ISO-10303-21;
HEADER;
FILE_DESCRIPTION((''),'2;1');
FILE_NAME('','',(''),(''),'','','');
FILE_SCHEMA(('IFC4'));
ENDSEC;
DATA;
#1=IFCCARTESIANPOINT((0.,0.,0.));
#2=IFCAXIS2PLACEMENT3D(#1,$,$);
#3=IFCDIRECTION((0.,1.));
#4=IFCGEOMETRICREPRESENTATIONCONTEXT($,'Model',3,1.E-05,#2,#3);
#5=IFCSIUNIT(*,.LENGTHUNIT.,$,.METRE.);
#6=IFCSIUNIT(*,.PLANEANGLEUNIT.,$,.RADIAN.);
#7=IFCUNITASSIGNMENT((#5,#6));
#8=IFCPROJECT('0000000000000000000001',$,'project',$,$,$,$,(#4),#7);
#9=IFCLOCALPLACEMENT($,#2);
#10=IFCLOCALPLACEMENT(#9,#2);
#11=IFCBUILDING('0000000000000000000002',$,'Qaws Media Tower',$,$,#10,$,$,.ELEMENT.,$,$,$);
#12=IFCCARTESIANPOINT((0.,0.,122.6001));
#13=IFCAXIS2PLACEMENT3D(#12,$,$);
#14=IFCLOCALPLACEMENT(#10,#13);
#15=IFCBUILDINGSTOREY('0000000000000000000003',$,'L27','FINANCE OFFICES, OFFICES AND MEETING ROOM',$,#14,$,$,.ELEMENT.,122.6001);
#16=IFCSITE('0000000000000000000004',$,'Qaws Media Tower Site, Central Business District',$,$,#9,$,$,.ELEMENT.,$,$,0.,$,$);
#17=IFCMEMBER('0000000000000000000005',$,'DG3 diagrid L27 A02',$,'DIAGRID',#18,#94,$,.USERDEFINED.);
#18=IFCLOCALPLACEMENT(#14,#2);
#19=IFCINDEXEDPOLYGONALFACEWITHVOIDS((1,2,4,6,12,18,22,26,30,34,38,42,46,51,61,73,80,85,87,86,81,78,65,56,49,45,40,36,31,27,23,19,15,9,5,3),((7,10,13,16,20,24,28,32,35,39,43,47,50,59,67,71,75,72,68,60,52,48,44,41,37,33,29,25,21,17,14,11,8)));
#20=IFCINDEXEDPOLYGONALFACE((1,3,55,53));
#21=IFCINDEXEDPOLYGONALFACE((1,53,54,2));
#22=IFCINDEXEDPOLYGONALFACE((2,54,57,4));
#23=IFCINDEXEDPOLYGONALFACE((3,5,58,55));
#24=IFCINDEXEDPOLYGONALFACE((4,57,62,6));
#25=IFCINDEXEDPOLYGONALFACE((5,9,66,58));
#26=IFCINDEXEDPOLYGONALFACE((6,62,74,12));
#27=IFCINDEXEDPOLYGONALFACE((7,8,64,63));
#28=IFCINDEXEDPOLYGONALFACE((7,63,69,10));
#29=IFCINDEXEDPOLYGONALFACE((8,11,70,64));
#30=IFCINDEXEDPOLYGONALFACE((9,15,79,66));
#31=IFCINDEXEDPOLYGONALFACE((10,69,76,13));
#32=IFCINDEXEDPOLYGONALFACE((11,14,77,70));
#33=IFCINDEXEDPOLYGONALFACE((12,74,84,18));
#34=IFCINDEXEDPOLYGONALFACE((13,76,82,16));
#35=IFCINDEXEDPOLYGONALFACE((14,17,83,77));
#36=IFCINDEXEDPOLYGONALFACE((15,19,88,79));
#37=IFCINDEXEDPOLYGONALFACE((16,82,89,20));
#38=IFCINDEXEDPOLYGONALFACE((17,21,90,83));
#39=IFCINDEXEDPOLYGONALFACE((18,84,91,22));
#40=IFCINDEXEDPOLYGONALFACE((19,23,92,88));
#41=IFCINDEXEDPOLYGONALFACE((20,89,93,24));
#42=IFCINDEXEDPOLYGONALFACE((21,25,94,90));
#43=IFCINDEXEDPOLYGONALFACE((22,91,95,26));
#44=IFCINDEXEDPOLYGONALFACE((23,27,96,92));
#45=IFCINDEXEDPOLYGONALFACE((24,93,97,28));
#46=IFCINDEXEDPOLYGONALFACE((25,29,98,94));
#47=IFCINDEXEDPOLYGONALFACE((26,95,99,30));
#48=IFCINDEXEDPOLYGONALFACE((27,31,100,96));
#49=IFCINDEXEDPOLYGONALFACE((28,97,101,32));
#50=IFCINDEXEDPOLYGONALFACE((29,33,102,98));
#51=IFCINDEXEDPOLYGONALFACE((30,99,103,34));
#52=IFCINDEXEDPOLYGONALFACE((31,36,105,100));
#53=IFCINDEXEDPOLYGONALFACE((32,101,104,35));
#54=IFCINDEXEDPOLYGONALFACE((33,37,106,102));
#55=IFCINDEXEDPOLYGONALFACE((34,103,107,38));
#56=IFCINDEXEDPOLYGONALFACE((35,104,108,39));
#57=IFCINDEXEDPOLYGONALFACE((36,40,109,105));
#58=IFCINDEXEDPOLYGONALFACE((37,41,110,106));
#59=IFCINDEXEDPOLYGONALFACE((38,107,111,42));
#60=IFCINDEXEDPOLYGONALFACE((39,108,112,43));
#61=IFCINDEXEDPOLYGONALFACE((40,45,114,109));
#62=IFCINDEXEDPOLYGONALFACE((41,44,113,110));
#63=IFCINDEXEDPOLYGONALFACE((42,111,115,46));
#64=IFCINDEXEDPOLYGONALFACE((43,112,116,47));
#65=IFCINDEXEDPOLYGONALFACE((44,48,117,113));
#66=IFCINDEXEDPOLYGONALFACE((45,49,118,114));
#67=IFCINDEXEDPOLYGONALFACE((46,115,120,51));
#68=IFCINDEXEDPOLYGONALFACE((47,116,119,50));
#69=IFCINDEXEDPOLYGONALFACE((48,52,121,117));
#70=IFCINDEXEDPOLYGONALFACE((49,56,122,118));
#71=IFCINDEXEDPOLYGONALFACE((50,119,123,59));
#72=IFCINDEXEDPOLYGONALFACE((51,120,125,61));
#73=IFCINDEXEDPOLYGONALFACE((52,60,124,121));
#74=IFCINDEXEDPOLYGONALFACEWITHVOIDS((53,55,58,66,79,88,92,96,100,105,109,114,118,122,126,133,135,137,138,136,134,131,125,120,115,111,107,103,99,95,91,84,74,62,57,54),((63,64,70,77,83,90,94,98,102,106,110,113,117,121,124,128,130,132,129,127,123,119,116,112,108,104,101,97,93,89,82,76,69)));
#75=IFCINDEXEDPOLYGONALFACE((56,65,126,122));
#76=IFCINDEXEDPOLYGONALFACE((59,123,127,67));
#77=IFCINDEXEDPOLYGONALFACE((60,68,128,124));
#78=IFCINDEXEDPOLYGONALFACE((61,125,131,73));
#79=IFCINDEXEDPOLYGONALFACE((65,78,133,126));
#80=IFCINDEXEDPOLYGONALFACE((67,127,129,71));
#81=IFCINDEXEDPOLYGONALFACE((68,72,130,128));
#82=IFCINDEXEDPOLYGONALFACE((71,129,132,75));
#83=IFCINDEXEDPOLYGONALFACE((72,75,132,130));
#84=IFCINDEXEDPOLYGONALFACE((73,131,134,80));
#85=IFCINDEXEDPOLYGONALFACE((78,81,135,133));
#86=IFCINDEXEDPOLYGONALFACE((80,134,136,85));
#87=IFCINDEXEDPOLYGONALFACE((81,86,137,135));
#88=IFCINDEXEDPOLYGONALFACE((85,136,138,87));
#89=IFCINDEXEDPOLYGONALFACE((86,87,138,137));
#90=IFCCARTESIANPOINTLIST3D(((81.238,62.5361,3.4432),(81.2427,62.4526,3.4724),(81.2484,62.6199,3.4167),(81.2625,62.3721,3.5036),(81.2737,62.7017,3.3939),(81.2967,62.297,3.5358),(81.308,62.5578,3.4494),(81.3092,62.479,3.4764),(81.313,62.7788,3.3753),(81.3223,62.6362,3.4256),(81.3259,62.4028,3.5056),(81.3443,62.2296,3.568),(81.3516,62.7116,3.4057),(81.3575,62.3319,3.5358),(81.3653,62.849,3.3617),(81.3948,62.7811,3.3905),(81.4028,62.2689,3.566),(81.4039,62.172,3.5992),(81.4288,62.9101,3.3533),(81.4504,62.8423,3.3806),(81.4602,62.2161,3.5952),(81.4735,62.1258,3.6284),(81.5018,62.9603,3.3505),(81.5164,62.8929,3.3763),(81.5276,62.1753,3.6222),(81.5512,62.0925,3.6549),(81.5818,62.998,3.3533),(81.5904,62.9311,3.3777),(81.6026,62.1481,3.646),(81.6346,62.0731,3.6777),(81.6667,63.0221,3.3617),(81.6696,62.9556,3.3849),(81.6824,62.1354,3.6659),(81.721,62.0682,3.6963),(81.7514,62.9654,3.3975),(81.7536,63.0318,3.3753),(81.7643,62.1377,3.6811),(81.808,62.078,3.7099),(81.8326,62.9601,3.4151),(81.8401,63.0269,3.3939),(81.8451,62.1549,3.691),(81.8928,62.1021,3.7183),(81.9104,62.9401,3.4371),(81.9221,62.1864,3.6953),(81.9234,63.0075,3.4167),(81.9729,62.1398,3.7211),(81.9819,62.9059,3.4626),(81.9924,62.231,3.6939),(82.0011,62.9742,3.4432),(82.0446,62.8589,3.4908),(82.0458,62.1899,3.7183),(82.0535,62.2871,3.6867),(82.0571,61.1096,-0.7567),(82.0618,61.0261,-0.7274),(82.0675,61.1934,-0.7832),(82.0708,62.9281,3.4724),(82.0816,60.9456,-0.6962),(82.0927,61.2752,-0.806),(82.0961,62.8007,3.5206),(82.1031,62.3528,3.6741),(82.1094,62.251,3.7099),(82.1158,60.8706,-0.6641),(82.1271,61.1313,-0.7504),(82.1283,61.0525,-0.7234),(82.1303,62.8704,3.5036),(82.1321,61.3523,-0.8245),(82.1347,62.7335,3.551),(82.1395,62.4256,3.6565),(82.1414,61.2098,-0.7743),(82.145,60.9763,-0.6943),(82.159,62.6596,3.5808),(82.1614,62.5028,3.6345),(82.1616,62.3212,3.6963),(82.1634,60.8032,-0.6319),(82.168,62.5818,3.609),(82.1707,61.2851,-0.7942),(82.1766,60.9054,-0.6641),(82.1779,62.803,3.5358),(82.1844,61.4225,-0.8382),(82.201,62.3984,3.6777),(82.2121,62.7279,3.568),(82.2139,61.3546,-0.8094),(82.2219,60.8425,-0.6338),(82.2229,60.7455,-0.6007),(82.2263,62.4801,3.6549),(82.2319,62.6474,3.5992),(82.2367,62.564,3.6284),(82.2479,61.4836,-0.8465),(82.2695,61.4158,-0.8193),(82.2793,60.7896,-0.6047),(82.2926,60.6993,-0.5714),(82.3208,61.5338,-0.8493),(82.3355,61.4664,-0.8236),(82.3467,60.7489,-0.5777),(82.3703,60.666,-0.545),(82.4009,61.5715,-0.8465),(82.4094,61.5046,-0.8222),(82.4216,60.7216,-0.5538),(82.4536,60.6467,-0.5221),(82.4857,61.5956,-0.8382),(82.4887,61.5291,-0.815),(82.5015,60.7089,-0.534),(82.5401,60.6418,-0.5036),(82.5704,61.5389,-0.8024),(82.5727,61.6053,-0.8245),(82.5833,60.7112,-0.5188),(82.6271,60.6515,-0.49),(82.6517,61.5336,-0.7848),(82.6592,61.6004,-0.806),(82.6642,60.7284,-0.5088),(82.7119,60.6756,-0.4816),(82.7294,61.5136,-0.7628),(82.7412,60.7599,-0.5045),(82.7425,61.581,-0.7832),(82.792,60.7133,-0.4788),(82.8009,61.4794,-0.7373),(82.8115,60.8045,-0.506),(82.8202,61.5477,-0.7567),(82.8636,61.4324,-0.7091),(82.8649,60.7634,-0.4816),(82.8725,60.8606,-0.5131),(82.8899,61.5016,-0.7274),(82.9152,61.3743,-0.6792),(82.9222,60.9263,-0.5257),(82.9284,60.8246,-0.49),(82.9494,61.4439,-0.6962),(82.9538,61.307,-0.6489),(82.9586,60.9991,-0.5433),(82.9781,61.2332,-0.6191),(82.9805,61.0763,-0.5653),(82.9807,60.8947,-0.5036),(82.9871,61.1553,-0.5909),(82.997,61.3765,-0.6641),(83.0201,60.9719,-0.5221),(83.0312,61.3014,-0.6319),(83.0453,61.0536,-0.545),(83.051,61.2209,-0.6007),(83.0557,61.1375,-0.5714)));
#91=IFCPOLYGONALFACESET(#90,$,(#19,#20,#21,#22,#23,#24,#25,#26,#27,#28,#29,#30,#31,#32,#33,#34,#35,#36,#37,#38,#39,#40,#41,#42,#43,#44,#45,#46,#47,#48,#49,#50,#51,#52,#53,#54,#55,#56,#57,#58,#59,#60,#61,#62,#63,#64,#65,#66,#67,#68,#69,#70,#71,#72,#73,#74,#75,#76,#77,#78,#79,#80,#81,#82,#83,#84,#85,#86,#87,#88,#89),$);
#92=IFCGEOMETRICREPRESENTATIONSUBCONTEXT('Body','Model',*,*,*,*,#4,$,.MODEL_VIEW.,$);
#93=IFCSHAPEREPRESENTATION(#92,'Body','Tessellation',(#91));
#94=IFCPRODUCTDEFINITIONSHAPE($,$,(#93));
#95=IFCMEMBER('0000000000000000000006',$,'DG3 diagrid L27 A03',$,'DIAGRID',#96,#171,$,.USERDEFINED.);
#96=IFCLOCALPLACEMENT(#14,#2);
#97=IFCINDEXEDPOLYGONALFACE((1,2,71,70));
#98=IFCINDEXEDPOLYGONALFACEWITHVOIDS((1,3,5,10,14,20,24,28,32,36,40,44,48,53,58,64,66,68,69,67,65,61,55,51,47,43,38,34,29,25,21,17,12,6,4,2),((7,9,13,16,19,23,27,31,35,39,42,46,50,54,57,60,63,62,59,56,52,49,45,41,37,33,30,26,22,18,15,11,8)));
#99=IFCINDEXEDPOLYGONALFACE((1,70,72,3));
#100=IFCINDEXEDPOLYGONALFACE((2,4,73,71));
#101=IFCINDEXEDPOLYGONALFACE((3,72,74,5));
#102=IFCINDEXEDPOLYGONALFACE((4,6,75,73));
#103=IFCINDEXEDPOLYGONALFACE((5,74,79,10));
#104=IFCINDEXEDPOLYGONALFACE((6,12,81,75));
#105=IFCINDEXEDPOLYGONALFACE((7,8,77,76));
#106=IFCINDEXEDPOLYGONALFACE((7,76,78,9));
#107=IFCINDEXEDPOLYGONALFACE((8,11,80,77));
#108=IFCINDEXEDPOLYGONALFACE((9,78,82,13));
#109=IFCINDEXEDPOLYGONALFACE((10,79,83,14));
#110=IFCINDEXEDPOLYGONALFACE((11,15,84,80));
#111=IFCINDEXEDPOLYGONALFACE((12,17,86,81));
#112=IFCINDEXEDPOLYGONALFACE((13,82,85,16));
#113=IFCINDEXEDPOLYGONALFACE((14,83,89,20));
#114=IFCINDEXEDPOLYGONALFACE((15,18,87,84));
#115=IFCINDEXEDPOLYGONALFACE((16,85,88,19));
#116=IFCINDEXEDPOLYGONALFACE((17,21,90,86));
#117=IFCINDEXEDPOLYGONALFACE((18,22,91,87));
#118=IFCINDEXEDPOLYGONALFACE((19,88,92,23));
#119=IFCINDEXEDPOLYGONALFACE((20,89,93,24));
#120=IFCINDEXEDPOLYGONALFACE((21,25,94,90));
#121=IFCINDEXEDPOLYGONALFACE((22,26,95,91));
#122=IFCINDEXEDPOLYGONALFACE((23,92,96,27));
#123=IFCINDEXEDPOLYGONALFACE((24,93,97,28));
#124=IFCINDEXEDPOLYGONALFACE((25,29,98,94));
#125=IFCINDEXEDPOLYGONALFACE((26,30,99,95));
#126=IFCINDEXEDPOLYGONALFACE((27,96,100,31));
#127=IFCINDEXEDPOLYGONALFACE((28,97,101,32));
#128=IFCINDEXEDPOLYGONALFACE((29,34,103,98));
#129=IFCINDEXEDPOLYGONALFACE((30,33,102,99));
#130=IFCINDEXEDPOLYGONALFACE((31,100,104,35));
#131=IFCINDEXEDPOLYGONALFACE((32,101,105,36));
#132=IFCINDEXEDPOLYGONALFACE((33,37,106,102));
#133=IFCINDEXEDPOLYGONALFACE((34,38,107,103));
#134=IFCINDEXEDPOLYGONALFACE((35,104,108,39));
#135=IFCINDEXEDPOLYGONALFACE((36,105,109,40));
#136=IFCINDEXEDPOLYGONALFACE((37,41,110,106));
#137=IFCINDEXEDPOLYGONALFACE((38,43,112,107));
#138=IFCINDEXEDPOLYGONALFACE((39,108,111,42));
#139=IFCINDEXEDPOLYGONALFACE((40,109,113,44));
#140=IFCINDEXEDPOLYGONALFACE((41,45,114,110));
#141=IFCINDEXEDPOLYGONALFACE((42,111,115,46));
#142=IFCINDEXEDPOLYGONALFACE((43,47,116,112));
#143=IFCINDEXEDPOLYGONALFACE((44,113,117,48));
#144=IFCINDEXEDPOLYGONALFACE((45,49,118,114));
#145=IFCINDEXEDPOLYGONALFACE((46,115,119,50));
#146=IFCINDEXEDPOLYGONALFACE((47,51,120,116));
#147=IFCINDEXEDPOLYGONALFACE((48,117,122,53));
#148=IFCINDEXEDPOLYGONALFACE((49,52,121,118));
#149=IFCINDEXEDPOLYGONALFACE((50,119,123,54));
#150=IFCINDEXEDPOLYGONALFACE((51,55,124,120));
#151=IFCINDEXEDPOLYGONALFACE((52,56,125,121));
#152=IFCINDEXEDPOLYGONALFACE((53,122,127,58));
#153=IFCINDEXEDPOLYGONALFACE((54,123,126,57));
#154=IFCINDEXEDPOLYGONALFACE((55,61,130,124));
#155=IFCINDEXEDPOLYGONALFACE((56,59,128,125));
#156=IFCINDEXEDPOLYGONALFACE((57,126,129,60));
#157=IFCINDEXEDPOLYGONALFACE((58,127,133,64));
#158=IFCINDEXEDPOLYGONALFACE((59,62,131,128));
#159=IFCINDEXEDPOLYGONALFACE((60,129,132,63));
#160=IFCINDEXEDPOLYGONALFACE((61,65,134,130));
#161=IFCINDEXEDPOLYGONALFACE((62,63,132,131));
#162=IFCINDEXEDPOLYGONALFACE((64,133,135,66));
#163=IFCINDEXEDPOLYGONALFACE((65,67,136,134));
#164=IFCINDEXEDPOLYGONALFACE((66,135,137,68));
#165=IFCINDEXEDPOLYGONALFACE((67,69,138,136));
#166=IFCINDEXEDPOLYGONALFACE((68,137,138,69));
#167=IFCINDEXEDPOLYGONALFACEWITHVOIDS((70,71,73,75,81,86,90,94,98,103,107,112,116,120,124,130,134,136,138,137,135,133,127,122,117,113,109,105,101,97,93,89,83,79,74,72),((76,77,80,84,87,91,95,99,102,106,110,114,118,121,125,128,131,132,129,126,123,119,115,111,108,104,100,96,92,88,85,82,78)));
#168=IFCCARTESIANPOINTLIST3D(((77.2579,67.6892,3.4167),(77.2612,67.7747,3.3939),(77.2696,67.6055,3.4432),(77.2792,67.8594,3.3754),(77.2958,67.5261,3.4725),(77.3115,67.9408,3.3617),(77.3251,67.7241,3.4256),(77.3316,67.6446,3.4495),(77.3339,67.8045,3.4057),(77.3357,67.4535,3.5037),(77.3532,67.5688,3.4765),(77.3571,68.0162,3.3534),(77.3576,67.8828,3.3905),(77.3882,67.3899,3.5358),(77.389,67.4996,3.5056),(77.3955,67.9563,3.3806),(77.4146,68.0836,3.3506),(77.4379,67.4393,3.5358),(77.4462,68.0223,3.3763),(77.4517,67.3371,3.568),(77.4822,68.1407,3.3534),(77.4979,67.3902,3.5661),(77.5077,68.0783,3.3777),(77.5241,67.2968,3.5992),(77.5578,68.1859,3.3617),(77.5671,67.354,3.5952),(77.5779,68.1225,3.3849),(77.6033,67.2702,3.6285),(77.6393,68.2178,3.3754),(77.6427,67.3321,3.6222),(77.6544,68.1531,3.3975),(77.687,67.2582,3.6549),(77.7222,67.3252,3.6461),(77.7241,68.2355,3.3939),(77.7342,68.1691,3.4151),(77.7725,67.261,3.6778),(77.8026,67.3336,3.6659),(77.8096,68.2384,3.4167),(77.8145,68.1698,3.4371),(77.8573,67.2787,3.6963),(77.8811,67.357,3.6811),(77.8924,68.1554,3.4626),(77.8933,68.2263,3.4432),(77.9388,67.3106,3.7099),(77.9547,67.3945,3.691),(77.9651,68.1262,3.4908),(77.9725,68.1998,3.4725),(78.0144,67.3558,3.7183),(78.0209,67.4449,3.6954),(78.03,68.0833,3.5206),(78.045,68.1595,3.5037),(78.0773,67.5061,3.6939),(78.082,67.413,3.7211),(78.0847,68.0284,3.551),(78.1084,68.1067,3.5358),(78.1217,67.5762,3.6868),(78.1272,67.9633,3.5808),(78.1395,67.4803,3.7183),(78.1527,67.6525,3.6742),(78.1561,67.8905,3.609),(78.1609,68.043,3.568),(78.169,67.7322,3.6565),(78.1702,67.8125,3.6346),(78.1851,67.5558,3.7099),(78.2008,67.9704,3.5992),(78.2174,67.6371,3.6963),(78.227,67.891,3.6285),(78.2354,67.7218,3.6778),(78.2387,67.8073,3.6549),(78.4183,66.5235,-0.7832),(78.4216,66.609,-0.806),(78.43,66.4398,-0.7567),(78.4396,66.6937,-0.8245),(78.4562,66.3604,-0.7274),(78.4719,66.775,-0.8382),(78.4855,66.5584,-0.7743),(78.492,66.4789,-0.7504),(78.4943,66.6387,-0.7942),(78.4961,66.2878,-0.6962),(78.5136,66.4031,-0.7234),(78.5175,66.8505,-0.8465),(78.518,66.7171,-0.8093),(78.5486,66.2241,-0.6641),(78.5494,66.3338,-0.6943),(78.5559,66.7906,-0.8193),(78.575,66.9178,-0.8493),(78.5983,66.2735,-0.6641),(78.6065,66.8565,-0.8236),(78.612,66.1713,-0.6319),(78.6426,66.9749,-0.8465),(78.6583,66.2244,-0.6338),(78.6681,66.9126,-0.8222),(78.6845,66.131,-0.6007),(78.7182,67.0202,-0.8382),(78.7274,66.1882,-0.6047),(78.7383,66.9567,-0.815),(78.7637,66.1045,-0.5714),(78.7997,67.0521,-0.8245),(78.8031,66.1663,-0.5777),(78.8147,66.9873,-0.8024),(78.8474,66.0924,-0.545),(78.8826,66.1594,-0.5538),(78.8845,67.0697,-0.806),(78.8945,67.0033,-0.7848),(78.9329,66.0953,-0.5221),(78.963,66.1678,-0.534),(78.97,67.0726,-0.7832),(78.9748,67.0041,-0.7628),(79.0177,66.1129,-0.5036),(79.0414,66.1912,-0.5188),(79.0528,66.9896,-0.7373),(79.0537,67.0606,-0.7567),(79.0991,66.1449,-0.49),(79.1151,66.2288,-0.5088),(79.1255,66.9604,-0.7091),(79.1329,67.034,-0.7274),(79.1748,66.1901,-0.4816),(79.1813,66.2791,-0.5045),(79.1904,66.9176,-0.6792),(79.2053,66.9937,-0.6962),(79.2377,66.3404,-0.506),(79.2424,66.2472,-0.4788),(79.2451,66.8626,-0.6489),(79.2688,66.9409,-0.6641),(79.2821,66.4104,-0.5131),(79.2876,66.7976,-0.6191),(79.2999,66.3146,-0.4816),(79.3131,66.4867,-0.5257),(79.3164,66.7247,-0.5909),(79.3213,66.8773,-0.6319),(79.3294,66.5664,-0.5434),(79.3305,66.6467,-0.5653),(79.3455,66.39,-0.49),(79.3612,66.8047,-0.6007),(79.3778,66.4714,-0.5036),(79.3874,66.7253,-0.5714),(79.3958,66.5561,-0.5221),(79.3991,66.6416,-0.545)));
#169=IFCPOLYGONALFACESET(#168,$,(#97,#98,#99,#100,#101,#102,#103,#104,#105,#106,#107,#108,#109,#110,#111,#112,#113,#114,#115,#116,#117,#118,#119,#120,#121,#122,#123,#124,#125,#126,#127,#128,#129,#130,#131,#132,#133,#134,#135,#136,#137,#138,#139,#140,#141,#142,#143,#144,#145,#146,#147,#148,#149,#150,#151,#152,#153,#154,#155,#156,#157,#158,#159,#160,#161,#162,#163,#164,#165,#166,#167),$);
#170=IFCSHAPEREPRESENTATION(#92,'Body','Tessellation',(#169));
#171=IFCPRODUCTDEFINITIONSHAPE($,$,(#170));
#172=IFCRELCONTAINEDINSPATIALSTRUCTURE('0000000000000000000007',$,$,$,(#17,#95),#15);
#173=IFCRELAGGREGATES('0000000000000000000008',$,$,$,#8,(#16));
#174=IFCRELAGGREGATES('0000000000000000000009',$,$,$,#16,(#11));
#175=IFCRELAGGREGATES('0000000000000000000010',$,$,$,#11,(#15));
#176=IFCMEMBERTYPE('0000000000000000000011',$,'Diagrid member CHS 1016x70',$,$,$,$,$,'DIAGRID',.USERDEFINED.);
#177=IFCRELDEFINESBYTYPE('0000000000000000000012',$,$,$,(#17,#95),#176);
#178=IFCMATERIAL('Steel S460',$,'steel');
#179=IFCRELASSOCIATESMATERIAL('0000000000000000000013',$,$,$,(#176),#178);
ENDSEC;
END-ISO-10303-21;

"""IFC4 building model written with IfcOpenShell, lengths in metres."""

from ifc_helpers import new_model, si_unit, direction, frame, origin, origin_2d, place, context, subcontext, project, spatial, hollow_circle, extrude, material, material_profile, profile_set, type_object, element, save


model = new_model("IFC4")

# Units and contexts
model_context = context("Model", 3, precision=1e-05, world=origin(), true_north=direction((0.0, 1.0)))
body_context = subcontext(model_context, "Body", "Model", "MODEL_VIEW")
ifc_project = project(units=[si_unit("LENGTHUNIT", "METRE"), si_unit("PLANEANGLEUNIT", "RADIAN")], contexts=[model_context])

# Site, building, storey
site_placement = place(None, origin())
site = spatial("IfcSite", under=ifc_project, at=site_placement, Name="Qaws Media Tower Site, Central Business District", CompositionType="ELEMENT", RefElevation=0.0)
building_placement = place(site_placement, origin())
building = spatial("IfcBuilding", under=site, at=building_placement, Name="Qaws Media Tower", CompositionType="ELEMENT")
storey_placement = place(building_placement, frame((0.0, 0.0, 122.6001)))
storey = spatial("IfcBuildingStorey", under=building, at=storey_placement, Name="L27", Description="FINANCE OFFICES, OFFICES AND MEETING ROOM", CompositionType="ELEMENT", Elevation=122.6001)

# Members
ifc_material_1 = material(Name="Steel S460", Category="steel")
ifc_material_profile_1 = material_profile(ifc_material_1, hollow_circle(Radius=0.5081, WallThickness=0.0701, at=origin_2d()), Name="CHS 1016x70")
ifc_profile_set_1 = profile_set([ifc_material_profile_1], Name="Steel S460")
member_type_1 = type_object("IfcMemberType", Name="Diagrid member CHS 1016x70", ElementType="DIAGRID", PredefinedType="USERDEFINED", material=ifc_profile_set_1)
for number, where, z_axis, x_axis, name in (
    (1, (82.5564, 61.1235, -0.6641), (-0.181593, 0.316259, 0.931131), (-0.867209, -0.497944, 0.0), "DG3 diagrid L27 A02"),
    (2, (78.9087, 66.5825, -0.6641), (-0.257263, 0.258454, 0.931138), (-0.708738, -0.705472, 0.0), "DG3 diagrid L27 A03"),
):
    element("IfcMember", number, at=place(storey_placement, frame(where, z_axis=z_axis, x_axis=x_axis)), inside=storey, type_object=member_type_1, Name=name, ObjectType="DIAGRID", PredefinedType="USERDEFINED", context=body_context, shape_type="SweptSolid", body=[
        extrude(hollow_circle(Radius=0.5081, WallThickness=0.0701, at=origin_2d()), origin(), (0.0, 0.0, 1.0), 4.5105),
    ])

save(model, "model.ifc")
